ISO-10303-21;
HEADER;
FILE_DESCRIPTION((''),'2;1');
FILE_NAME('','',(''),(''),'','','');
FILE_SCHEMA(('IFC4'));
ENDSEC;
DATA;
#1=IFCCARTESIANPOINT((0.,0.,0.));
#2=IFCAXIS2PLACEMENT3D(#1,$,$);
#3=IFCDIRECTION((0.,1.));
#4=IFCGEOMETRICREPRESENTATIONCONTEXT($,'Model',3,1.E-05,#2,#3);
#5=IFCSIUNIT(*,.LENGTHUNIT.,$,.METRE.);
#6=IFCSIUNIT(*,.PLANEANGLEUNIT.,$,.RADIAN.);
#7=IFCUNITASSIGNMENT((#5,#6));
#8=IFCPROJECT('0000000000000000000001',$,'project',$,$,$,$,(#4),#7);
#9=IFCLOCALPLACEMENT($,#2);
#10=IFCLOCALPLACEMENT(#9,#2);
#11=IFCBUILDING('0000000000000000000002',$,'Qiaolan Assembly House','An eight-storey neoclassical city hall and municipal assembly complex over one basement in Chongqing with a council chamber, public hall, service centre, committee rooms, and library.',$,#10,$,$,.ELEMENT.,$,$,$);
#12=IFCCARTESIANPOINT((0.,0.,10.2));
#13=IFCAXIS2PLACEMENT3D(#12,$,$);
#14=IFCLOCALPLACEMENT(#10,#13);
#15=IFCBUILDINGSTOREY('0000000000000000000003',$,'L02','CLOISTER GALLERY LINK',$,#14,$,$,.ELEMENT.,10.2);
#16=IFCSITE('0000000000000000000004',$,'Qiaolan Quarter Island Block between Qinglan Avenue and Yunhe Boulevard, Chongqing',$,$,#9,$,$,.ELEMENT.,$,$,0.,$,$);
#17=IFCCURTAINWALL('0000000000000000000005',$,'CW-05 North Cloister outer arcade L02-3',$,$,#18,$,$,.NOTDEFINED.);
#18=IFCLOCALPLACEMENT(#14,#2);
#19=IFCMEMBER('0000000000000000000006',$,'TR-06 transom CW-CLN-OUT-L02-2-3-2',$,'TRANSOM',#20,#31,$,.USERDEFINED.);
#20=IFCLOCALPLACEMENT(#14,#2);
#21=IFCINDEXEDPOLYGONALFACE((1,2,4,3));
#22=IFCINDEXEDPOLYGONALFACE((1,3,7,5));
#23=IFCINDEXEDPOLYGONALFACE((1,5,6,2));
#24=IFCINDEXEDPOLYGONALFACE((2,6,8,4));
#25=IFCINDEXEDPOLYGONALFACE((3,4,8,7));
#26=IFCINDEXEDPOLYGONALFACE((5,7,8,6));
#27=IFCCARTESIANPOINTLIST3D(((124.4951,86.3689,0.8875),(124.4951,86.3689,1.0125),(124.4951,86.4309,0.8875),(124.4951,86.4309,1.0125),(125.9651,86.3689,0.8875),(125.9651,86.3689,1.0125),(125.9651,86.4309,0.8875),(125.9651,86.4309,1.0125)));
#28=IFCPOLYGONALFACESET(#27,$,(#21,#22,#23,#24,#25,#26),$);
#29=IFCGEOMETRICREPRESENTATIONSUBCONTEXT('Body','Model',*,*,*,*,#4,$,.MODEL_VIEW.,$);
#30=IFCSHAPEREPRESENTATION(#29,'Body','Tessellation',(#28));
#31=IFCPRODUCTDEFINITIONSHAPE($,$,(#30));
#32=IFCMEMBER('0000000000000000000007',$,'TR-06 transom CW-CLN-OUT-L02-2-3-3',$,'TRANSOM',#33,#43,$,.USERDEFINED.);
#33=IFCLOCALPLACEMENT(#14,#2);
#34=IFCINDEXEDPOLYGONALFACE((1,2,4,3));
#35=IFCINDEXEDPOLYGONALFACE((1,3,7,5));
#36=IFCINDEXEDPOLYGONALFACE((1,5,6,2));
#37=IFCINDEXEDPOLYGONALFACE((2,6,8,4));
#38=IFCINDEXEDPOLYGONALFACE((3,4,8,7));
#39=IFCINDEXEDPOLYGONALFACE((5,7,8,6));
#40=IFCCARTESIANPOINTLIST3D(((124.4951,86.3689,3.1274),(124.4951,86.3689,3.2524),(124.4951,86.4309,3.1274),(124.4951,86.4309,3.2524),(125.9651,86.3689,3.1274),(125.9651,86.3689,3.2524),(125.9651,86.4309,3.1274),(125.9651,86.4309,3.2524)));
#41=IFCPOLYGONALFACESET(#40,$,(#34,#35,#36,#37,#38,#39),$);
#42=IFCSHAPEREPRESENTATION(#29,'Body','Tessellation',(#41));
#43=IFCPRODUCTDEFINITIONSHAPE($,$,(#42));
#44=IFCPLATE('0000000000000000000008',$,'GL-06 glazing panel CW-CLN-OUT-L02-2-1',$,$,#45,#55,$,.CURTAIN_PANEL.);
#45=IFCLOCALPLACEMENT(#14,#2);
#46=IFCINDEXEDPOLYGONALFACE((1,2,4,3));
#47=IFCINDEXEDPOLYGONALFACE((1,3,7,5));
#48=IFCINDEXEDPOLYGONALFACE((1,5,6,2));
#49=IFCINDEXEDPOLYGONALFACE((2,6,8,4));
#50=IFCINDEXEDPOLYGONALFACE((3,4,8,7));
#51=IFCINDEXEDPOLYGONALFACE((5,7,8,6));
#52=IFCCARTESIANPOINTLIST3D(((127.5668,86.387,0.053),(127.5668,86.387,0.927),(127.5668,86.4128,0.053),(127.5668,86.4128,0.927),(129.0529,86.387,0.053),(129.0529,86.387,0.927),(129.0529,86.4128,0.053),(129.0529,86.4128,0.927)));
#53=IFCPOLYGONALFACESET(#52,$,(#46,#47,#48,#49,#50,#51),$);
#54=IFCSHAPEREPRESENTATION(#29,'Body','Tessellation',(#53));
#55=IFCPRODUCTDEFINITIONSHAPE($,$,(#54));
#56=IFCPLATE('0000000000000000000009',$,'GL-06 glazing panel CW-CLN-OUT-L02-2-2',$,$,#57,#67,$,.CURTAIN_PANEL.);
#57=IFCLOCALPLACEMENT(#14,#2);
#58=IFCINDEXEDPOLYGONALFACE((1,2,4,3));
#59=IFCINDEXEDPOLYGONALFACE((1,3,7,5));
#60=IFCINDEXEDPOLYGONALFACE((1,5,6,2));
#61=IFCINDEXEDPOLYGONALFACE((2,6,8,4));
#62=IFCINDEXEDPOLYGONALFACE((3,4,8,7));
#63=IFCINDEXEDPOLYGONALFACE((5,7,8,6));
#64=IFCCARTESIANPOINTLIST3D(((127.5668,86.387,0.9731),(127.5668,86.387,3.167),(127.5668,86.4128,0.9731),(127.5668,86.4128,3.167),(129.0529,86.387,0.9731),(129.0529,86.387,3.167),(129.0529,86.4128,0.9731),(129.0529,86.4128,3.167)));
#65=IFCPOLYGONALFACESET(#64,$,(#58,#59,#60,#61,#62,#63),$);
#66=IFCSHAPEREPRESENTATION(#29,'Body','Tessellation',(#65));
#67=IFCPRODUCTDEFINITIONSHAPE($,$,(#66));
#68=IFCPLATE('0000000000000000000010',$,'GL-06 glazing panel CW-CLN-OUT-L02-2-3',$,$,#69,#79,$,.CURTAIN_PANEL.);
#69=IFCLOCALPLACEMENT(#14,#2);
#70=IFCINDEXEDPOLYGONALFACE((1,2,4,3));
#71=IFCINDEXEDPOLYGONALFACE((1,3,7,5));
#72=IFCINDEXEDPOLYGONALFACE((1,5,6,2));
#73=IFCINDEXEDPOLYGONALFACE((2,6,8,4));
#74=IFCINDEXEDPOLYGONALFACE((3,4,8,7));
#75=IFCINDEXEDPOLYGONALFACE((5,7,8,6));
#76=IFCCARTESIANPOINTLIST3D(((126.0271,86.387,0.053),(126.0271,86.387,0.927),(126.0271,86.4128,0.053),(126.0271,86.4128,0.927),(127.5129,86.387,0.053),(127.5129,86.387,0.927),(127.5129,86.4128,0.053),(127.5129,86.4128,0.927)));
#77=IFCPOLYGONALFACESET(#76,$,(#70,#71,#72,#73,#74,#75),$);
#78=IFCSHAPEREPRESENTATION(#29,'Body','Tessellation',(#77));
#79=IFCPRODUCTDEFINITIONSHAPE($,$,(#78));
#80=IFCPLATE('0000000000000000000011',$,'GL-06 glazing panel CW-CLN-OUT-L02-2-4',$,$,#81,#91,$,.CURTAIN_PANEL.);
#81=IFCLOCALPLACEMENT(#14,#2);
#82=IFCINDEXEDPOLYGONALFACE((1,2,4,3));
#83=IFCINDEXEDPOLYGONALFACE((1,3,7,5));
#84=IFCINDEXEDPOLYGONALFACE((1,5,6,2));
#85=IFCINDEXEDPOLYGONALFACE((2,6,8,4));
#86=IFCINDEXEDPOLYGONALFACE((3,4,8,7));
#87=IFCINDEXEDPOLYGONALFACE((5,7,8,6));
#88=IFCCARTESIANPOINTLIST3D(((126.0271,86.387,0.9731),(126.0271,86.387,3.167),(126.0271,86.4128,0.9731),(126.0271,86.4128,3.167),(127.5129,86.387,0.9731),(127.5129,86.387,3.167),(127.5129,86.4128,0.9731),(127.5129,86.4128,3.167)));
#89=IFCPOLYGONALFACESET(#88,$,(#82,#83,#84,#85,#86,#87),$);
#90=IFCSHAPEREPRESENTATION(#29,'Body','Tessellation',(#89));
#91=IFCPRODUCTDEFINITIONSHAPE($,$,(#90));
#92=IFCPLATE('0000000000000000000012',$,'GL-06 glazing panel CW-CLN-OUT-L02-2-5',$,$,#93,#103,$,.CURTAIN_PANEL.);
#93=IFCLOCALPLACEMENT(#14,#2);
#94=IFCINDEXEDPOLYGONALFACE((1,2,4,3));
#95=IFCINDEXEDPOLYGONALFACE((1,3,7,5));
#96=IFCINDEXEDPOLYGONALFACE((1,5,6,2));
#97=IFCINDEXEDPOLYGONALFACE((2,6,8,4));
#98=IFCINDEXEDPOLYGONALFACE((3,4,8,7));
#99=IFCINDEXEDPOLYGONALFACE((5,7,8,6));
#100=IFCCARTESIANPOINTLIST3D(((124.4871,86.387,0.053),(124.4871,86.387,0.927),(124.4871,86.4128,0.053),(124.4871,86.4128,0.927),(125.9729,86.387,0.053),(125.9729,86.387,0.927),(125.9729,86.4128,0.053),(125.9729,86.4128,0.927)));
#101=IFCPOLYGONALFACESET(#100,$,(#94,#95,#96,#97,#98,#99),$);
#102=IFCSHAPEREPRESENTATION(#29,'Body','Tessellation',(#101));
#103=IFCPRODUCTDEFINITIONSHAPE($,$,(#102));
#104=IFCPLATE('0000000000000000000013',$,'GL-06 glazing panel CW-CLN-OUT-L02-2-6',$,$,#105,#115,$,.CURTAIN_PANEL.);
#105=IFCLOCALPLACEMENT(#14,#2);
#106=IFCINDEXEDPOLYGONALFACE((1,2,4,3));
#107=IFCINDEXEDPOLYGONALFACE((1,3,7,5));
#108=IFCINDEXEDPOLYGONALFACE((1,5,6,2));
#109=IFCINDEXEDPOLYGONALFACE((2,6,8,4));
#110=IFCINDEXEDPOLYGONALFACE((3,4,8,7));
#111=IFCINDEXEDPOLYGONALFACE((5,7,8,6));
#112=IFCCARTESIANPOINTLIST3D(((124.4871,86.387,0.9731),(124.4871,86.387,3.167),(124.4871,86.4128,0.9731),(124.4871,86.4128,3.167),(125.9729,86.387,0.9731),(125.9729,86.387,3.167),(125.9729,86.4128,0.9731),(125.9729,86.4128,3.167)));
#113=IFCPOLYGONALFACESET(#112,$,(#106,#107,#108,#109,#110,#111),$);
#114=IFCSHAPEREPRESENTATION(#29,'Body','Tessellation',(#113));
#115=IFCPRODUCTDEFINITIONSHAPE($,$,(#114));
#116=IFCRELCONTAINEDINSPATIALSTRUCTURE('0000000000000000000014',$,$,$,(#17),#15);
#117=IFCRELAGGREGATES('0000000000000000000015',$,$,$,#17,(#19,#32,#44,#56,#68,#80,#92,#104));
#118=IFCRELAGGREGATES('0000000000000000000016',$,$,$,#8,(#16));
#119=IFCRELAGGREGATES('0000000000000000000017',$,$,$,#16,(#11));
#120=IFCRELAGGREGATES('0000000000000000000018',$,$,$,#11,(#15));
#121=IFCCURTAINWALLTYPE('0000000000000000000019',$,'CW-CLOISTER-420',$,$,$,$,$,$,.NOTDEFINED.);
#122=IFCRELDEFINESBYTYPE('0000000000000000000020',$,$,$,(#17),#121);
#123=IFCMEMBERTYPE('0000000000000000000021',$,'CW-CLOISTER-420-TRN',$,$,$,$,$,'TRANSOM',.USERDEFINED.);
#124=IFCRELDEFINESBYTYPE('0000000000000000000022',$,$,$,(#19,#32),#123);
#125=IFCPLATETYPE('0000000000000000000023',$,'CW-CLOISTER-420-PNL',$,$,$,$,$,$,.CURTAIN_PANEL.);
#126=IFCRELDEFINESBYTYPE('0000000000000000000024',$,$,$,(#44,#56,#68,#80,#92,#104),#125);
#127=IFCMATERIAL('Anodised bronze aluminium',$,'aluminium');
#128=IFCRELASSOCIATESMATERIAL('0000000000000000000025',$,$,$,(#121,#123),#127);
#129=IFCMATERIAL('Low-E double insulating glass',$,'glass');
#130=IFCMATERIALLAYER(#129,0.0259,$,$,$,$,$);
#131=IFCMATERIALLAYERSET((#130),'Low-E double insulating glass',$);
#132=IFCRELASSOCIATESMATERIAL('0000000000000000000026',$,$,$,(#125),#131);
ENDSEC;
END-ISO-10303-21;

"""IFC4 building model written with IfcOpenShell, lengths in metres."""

from ifc_helpers import new_model, si_unit, direction, frame, frame_2d, origin, origin_2d, place, context, subcontext, project, spatial, rectangle, extrude, material, layer, layer_set, material_profile, profile_set, type_object, element, aggregate, save


model = new_model("IFC4")

# Units and contexts
model_context = context("Model", 3, precision=1e-05, world=origin(), true_north=direction((0.0, 1.0)))
body_context = subcontext(model_context, "Body", "Model", "MODEL_VIEW")
ifc_project = project(units=[si_unit("LENGTHUNIT", "METRE"), si_unit("PLANEANGLEUNIT", "RADIAN")], contexts=[model_context])

# Site, building, storey
site_placement = place(None, origin())
site = spatial("IfcSite", under=ifc_project, at=site_placement, Name="Qiaolan Quarter Island Block between Qinglan Avenue and Yunhe Boulevard, Chongqing", CompositionType="ELEMENT", RefElevation=0.0)
building_placement = place(site_placement, origin())
building = spatial("IfcBuilding", under=site, at=building_placement, Name="Qiaolan Assembly House", Description="An eight-storey neoclassical city hall and municipal assembly complex over one basement in Chongqing with a council chamber, public hall, service centre, committee rooms, and library.", CompositionType="ELEMENT")
storey_placement = place(building_placement, frame((0.0, 0.0, 10.2)))
storey = spatial("IfcBuildingStorey", under=building, at=storey_placement, Name="L02", Description="CLOISTER GALLERY LINK", CompositionType="ELEMENT", Elevation=10.2)

# Curtain wall
ifc_material_1 = material(Name="Anodised bronze aluminium", Category="aluminium")
curtain_wall_type = type_object("IfcCurtainWallType", Name="CW-CLOISTER-420", PredefinedType="NOTDEFINED", material=ifc_material_1)
curtain_wall_1_placement = place(storey_placement, origin())
curtain_wall_1 = element("IfcCurtainWall", 1, at=curtain_wall_1_placement, inside=storey, type_object=curtain_wall_type, Name="CW-05 North Cloister outer arcade L02-3", PredefinedType="NOTDEFINED")

# Members
ifc_material_profile_1 = material_profile(ifc_material_1, rectangle(XDim=0.062, YDim=0.125, at=origin_2d()), Name="TRN 62x125")
ifc_profile_set_1 = profile_set([ifc_material_profile_1], Name="Anodised bronze aluminium")
member_type_1 = type_object("IfcMemberType", Name="CW-CLOISTER-420-TRN", ElementType="TRANSOM", PredefinedType="USERDEFINED", material=ifc_profile_set_1)
member_1_placement = place(storey_placement, frame((125.9651, 86.3999, 0.95), z_axis=(-1.0, 0.0, 0.0), x_axis=(0.0, -1.0, 0.0)))
member_1 = element("IfcMember", 2, at=member_1_placement, type_object=member_type_1, Name="TR-06 transom CW-CLN-OUT-L02-2-3-2", ObjectType="TRANSOM", PredefinedType="USERDEFINED", context=body_context, shape_type="SweptSolid", body=[
    extrude(rectangle(XDim=0.062, YDim=0.125, at=origin_2d()), origin(), (0.0, 0.0, 1.0), 1.47),
])
member_2_placement = place(storey_placement, frame((125.9651, 86.3999, 3.1899), z_axis=(-1.0, 0.0, 0.0), x_axis=(0.0, -1.0, 0.0)))
member_2 = element("IfcMember", 3, at=member_2_placement, type_object=member_type_1, Name="TR-06 transom CW-CLN-OUT-L02-2-3-3", ObjectType="TRANSOM", PredefinedType="USERDEFINED", context=body_context, shape_type="SweptSolid", body=[
    extrude(rectangle(XDim=0.062, YDim=0.125, at=origin_2d()), origin(), (0.0, 0.0, 1.0), 1.47),
])

# Plates
ifc_material_2 = material(Name="Low-E double insulating glass", Category="glass")
ifc_layer = layer(ifc_material_2, 0.0259)
ifc_layer_set = layer_set([ifc_layer], Name="Low-E double insulating glass")
plate_type = type_object("IfcPlateType", Name="CW-CLOISTER-420-PNL", PredefinedType="CURTAIN_PANEL", material=ifc_layer_set)
plate_1_placement = place(storey_placement, frame((129.053, 86.3999, 0.053), z_axis=(0.0, 0.0, 1.0), x_axis=(-1.0, 0.0, 0.0)))
plate_1 = element("IfcPlate", 4, at=plate_1_placement, type_object=plate_type, Name="GL-06 glazing panel CW-CLN-OUT-L02-2-1", PredefinedType="CURTAIN_PANEL", context=body_context, shape_type="SweptSolid", body=[
    extrude(rectangle(XDim=1.4861, YDim=0.0259, at=frame_2d((0.7432, 0.0))), origin(), (0.0, 0.0, 1.0), 0.874),
])
plate_2_placement = place(storey_placement, frame((129.053, 86.3999, 0.9731), z_axis=(0.0, 0.0, 1.0), x_axis=(-1.0, 0.0, 0.0)))
plate_2 = element("IfcPlate", 5, at=plate_2_placement, type_object=plate_type, Name="GL-06 glazing panel CW-CLN-OUT-L02-2-2", PredefinedType="CURTAIN_PANEL", context=body_context, shape_type="SweptSolid", body=[
    extrude(rectangle(XDim=1.4861, YDim=0.0259, at=frame_2d((0.7432, 0.0))), origin(), (0.0, 0.0, 1.0), 2.1938),
])
plate_3_placement = place(storey_placement, frame((127.5129, 86.3999, 0.053), z_axis=(0.0, 0.0, 1.0), x_axis=(-1.0, 0.0, 0.0)))
plate_3 = element("IfcPlate", 6, at=plate_3_placement, type_object=plate_type, Name="GL-06 glazing panel CW-CLN-OUT-L02-2-3", PredefinedType="CURTAIN_PANEL", context=body_context, shape_type="SweptSolid", body=[
    extrude(rectangle(XDim=1.4858, YDim=0.0259, at=frame_2d((0.7429, 0.0))), origin(), (0.0, 0.0, 1.0), 0.874),
])
plate_4_placement = place(storey_placement, frame((127.5129, 86.3999, 0.9731), z_axis=(0.0, 0.0, 1.0), x_axis=(-1.0, 0.0, 0.0)))
plate_4 = element("IfcPlate", 7, at=plate_4_placement, type_object=plate_type, Name="GL-06 glazing panel CW-CLN-OUT-L02-2-4", PredefinedType="CURTAIN_PANEL", context=body_context, shape_type="SweptSolid", body=[
    extrude(rectangle(XDim=1.4858, YDim=0.0259, at=frame_2d((0.7429, 0.0))), origin(), (0.0, 0.0, 1.0), 2.1938),
])
plate_5_placement = place(storey_placement, frame((125.9729, 86.3999, 0.053), z_axis=(0.0, 0.0, 1.0), x_axis=(-1.0, 0.0, 0.0)))
plate_5 = element("IfcPlate", 8, at=plate_5_placement, type_object=plate_type, Name="GL-06 glazing panel CW-CLN-OUT-L02-2-5", PredefinedType="CURTAIN_PANEL", context=body_context, shape_type="SweptSolid", body=[
    extrude(rectangle(XDim=1.4858, YDim=0.0259, at=frame_2d((0.7429, 0.0))), origin(), (0.0, 0.0, 1.0), 0.874),
])
plate_6_placement = place(storey_placement, frame((125.9729, 86.3999, 0.9731), z_axis=(0.0, 0.0, 1.0), x_axis=(-1.0, 0.0, 0.0)))
plate_6 = element("IfcPlate", 9, at=plate_6_placement, type_object=plate_type, Name="GL-06 glazing panel CW-CLN-OUT-L02-2-6", PredefinedType="CURTAIN_PANEL", context=body_context, shape_type="SweptSolid", body=[
    extrude(rectangle(XDim=1.4858, YDim=0.0259, at=frame_2d((0.7429, 0.0))), origin(), (0.0, 0.0, 1.0), 2.1938),
])
aggregate(curtain_wall_1, [member_1, member_2, plate_1, plate_2, plate_3, plate_4, plate_5, plate_6])

save(model, "model.ifc")
